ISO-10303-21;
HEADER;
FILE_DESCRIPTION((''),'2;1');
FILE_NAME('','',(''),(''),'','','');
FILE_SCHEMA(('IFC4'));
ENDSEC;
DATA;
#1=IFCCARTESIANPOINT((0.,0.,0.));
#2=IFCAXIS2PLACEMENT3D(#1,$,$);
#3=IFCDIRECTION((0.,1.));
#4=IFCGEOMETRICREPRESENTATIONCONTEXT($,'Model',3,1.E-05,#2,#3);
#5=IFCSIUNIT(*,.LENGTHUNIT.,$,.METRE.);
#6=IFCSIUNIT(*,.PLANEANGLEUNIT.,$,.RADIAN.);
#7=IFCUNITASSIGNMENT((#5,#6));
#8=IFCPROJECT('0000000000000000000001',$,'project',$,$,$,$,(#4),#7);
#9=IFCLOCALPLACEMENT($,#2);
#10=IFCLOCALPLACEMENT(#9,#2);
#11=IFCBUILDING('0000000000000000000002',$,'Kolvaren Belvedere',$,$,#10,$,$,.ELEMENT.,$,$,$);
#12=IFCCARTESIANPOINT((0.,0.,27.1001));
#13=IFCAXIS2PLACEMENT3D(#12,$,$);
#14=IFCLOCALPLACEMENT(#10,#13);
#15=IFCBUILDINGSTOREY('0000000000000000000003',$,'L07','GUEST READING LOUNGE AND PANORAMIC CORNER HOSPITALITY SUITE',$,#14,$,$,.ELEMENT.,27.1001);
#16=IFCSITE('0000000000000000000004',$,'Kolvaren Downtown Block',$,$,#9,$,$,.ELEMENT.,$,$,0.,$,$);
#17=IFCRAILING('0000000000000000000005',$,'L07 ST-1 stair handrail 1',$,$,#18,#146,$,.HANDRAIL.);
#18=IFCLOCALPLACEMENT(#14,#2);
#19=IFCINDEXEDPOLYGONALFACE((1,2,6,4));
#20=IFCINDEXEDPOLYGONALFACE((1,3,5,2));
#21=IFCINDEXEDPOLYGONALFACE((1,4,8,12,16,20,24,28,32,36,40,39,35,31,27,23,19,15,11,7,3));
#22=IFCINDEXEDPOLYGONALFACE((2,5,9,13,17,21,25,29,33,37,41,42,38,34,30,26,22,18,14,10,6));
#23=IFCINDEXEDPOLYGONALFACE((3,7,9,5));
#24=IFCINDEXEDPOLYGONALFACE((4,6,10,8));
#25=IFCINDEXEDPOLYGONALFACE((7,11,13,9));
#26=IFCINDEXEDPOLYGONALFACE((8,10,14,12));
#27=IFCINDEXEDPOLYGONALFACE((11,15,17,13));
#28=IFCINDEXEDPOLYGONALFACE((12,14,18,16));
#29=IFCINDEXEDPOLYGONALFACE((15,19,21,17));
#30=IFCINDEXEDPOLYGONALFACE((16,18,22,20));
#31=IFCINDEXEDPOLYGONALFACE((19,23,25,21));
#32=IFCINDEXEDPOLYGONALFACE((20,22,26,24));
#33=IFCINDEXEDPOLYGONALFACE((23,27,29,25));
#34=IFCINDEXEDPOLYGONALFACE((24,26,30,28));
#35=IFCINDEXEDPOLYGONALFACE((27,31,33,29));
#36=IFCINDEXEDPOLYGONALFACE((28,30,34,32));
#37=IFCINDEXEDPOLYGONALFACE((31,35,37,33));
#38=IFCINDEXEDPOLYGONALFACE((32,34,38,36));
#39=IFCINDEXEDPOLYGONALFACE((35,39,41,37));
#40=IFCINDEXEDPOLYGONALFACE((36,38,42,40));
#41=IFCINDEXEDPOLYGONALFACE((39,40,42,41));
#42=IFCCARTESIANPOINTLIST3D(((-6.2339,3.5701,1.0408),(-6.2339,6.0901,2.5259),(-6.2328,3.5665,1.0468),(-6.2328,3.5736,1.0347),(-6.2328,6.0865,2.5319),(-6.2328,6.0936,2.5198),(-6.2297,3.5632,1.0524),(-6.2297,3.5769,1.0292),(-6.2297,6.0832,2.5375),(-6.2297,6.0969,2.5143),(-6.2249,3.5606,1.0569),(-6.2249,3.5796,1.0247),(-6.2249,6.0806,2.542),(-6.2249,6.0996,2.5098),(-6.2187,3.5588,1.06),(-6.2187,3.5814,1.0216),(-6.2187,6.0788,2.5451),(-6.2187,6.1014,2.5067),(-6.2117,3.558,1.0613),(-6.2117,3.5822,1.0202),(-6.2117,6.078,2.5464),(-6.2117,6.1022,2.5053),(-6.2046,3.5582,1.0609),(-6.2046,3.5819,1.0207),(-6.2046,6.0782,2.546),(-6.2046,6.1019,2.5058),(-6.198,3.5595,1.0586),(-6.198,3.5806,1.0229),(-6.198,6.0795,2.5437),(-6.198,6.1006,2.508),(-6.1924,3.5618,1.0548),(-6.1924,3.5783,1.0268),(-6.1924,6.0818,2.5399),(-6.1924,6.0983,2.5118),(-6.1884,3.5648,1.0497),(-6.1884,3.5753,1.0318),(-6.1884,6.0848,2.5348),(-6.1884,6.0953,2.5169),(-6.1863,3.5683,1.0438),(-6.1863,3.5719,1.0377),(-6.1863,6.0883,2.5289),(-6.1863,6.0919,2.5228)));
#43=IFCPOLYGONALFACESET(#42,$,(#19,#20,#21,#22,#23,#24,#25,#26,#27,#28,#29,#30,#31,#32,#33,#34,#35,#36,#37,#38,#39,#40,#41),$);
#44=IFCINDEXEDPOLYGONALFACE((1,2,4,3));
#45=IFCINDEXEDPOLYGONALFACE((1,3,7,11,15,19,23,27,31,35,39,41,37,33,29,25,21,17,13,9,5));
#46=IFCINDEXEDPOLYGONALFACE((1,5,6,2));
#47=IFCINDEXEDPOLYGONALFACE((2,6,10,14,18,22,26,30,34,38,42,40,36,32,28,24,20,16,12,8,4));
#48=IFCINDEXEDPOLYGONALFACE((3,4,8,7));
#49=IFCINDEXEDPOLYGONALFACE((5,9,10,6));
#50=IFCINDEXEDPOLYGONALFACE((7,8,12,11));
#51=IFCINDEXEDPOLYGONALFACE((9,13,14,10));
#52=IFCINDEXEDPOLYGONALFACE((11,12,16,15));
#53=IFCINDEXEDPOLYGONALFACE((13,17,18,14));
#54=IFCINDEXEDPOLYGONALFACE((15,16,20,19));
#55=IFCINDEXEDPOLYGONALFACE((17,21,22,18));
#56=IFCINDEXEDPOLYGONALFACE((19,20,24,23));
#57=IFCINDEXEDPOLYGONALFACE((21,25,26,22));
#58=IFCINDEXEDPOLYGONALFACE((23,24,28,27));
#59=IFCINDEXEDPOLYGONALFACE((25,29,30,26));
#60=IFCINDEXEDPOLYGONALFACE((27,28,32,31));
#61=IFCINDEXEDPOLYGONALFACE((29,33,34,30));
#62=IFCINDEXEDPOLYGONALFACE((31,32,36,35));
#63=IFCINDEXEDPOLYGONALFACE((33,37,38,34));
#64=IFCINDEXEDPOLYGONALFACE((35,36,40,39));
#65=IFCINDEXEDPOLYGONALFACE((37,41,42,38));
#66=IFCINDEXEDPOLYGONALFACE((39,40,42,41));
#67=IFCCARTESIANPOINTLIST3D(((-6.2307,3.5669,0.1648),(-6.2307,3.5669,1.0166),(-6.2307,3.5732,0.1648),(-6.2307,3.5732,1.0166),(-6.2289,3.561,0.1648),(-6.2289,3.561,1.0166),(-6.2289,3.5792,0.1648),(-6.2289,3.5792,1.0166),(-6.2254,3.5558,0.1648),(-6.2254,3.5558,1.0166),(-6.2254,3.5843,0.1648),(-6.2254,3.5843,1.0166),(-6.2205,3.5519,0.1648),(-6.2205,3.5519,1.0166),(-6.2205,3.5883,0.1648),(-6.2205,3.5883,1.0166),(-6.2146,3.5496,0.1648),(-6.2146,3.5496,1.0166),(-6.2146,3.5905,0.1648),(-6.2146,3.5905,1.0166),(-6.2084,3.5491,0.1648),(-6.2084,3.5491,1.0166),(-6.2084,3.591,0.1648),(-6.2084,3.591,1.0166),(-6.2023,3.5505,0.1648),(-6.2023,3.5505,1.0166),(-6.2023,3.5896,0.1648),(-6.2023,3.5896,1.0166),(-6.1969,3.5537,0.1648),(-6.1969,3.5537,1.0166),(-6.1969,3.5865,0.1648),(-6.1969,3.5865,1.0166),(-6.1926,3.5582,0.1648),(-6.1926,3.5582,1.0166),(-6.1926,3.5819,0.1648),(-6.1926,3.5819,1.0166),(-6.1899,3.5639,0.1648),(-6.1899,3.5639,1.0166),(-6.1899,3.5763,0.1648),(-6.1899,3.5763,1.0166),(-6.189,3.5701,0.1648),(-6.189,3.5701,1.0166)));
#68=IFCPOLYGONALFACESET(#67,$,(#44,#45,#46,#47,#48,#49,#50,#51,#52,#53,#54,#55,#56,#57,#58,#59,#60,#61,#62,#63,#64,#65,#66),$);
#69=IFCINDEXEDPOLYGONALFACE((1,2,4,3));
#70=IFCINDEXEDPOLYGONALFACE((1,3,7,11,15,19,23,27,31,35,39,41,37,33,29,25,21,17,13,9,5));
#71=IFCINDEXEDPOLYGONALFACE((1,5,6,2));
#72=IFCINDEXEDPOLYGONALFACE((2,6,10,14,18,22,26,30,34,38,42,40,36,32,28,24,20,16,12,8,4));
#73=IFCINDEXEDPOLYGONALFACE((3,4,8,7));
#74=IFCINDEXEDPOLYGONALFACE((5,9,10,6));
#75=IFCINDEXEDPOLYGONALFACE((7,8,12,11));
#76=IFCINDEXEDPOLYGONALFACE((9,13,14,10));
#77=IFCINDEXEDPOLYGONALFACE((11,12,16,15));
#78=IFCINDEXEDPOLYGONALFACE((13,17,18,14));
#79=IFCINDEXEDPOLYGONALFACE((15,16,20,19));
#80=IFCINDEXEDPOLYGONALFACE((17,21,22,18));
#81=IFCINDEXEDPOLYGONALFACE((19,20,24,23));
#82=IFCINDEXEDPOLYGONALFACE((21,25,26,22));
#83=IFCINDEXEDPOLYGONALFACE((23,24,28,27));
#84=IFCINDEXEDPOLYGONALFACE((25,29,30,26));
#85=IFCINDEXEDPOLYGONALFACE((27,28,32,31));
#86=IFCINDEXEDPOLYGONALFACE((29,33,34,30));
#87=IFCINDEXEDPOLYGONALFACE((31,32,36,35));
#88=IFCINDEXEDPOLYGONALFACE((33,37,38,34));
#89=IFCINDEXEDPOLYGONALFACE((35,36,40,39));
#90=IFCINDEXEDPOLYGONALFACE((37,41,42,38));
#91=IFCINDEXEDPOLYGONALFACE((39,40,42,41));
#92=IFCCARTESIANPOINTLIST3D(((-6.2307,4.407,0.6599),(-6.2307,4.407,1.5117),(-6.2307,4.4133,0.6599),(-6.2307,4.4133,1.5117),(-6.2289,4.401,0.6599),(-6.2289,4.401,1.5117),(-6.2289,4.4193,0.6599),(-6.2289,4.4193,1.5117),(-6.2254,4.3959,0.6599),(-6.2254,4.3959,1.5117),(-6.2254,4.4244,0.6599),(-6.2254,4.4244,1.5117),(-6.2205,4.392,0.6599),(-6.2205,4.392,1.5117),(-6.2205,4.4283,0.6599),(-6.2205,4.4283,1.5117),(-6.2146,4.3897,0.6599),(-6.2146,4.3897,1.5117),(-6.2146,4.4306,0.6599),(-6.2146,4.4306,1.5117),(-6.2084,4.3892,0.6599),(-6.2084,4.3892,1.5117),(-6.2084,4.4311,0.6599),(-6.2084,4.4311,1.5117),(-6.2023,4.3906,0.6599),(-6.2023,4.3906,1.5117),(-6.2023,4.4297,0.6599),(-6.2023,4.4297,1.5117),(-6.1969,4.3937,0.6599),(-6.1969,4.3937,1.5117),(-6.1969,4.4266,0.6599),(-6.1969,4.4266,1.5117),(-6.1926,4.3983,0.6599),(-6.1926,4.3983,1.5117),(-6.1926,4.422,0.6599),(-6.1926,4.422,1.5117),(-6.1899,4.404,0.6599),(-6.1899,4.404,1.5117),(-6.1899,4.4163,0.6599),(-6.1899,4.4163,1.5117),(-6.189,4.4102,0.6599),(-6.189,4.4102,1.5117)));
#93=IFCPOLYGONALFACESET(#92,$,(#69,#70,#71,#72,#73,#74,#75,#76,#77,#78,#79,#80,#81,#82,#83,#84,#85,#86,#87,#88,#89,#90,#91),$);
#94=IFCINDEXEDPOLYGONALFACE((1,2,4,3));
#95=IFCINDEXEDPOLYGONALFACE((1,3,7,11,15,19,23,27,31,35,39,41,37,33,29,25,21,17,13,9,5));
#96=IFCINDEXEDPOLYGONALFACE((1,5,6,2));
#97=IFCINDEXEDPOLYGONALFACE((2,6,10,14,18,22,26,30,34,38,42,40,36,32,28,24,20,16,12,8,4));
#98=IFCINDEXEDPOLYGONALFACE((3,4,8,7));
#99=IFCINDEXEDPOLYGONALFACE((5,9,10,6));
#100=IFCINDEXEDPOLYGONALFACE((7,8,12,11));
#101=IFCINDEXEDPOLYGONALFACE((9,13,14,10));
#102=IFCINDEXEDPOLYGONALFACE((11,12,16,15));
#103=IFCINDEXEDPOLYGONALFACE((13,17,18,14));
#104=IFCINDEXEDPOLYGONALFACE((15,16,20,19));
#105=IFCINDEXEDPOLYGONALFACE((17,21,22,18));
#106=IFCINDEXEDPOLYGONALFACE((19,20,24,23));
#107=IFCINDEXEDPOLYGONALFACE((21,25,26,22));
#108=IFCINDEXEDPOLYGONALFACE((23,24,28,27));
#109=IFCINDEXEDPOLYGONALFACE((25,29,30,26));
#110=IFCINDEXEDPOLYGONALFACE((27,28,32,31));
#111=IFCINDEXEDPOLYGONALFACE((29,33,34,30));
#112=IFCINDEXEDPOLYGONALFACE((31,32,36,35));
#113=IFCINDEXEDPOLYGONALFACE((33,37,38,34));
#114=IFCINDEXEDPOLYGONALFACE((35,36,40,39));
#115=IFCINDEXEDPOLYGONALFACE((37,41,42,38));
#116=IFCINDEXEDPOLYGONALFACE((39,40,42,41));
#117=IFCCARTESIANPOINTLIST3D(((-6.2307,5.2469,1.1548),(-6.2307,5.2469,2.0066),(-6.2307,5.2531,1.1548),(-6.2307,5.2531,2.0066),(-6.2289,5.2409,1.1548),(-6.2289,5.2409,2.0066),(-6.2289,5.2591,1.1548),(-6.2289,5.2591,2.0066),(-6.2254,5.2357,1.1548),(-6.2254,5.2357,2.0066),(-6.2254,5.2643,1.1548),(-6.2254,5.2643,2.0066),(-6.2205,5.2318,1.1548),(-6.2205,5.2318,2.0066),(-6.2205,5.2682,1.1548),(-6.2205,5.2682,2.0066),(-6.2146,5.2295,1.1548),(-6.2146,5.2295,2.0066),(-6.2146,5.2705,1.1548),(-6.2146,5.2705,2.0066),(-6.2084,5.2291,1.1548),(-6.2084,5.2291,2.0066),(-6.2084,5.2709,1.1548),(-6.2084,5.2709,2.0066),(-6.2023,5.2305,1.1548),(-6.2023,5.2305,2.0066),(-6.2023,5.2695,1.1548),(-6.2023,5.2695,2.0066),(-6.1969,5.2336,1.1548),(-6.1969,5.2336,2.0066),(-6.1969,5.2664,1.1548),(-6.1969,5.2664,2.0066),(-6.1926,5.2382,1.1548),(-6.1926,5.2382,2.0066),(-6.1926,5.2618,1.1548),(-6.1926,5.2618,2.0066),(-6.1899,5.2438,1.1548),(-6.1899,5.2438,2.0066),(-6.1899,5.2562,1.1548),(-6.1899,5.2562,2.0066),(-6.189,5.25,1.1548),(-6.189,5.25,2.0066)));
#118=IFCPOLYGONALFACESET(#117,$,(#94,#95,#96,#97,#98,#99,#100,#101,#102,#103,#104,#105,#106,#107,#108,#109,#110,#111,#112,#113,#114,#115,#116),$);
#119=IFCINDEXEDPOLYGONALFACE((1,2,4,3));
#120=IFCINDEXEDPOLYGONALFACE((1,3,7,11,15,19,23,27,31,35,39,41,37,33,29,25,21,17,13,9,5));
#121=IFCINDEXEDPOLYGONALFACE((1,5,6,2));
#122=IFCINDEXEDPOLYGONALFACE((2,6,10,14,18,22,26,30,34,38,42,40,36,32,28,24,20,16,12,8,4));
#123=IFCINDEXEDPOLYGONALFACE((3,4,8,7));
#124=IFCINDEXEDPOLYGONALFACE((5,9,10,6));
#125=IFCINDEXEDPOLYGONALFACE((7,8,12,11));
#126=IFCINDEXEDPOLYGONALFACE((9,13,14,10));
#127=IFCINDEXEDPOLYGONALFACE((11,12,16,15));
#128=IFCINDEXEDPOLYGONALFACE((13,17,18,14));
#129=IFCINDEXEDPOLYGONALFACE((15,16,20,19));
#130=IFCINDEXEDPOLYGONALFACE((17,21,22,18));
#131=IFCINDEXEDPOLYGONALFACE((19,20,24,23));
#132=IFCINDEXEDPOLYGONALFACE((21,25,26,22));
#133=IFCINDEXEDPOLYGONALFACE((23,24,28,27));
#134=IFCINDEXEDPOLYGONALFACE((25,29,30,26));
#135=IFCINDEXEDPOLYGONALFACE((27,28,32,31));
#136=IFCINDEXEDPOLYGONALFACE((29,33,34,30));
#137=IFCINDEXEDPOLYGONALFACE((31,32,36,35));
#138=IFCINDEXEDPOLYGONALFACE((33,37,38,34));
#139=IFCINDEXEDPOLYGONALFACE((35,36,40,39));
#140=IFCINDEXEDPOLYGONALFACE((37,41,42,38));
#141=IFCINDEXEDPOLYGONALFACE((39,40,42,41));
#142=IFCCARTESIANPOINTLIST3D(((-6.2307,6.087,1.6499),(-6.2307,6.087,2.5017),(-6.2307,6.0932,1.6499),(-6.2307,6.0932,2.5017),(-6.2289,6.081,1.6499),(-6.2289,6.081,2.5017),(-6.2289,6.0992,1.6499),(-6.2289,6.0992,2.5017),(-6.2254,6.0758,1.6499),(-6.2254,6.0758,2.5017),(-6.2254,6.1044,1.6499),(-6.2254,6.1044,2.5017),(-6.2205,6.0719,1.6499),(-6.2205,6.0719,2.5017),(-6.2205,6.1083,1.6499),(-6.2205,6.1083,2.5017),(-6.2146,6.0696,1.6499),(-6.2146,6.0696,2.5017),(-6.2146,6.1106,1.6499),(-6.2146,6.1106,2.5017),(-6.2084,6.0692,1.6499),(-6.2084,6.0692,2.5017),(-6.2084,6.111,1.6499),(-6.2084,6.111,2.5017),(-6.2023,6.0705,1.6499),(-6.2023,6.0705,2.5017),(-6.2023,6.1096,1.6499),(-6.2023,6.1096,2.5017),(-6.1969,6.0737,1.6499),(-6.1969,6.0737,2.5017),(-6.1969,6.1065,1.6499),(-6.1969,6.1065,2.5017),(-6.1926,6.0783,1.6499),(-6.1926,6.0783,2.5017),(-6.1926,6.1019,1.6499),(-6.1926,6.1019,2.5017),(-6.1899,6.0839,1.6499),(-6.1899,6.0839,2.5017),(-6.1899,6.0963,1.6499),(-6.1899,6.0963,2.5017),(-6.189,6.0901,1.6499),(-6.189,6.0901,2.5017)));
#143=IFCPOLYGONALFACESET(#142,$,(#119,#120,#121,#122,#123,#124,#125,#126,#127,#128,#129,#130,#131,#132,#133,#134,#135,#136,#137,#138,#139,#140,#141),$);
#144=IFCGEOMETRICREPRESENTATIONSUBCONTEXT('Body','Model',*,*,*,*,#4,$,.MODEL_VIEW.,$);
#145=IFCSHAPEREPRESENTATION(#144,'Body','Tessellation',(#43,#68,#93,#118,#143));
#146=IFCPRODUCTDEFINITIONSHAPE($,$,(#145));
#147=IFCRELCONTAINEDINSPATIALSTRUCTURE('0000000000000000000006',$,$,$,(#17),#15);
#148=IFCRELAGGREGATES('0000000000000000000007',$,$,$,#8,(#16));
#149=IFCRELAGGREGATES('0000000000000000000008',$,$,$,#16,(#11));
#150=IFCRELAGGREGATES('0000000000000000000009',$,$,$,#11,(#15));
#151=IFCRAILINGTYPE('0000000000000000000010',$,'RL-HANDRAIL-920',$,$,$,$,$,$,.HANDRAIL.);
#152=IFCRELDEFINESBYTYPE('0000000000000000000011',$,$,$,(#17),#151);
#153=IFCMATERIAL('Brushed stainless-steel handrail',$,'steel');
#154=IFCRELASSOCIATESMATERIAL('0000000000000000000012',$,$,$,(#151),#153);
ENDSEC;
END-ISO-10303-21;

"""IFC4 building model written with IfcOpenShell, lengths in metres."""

from ifc_helpers import new_model, si_unit, direction, frame, origin, origin_2d, place, context, subcontext, project, spatial, circle, extrude, material, type_object, element, save


model = new_model("IFC4")

# Units and contexts
model_context = context("Model", 3, precision=1e-05, world=origin(), true_north=direction((0.0, 1.0)))
body_context = subcontext(model_context, "Body", "Model", "MODEL_VIEW")
ifc_project = project(units=[si_unit("LENGTHUNIT", "METRE"), si_unit("PLANEANGLEUNIT", "RADIAN")], contexts=[model_context])

# Site, building, storey
site_placement = place(None, origin())
site = spatial("IfcSite", under=ifc_project, at=site_placement, Name="Kolvaren Downtown Block", CompositionType="ELEMENT", RefElevation=0.0)
building_placement = place(site_placement, origin())
building = spatial("IfcBuilding", under=site, at=building_placement, Name="Kolvaren Belvedere", CompositionType="ELEMENT")
storey_placement = place(building_placement, frame((0.0, 0.0, 27.1001)))
storey = spatial("IfcBuildingStorey", under=building, at=storey_placement, Name="L07", Description="GUEST READING LOUNGE AND PANORAMIC CORNER HOSPITALITY SUITE", CompositionType="ELEMENT", Elevation=27.1001)

# Railing
ifc_material_1 = material(Name="Brushed stainless-steel handrail", Category="steel")
railing_type_1 = type_object("IfcRailingType", Name="RL-HANDRAIL-920", PredefinedType="HANDRAIL", material=ifc_material_1)
railing_1_placement = place(storey_placement, frame((-6.21, 3.5701, 0.1648)))
element("IfcRailing", 1, at=railing_1_placement, inside=storey, type_object=railing_type_1, Name="L07 ST-1 stair handrail 1", PredefinedType="HANDRAIL", context=body_context, shape_type="SweptSolid", body=[
    extrude(circle(Radius=0.0239, at=origin_2d()), frame((0.0, 0.0, 0.876), z_axis=(0.0, 0.861524, 0.507717), x_axis=(-1.0, 0.0, 0.0)), (0.0, 0.0, 1.0), 2.925),
    extrude(circle(Radius=0.021, at=origin_2d()), origin(), (0.0, 0.0, 1.0), 0.8518),
    extrude(circle(Radius=0.021, at=origin_2d()), frame((0.0, 0.8401, 0.4951)), (0.0, 0.0, 1.0), 0.8518),
    extrude(circle(Radius=0.021, at=origin_2d()), frame((0.0, 1.6799, 0.99)), (0.0, 0.0, 1.0), 0.8518),
    extrude(circle(Radius=0.021, at=origin_2d()), frame((0.0, 2.52, 1.4851)), (0.0, 0.0, 1.0), 0.8518),
])

save(model, "model.ifc")
